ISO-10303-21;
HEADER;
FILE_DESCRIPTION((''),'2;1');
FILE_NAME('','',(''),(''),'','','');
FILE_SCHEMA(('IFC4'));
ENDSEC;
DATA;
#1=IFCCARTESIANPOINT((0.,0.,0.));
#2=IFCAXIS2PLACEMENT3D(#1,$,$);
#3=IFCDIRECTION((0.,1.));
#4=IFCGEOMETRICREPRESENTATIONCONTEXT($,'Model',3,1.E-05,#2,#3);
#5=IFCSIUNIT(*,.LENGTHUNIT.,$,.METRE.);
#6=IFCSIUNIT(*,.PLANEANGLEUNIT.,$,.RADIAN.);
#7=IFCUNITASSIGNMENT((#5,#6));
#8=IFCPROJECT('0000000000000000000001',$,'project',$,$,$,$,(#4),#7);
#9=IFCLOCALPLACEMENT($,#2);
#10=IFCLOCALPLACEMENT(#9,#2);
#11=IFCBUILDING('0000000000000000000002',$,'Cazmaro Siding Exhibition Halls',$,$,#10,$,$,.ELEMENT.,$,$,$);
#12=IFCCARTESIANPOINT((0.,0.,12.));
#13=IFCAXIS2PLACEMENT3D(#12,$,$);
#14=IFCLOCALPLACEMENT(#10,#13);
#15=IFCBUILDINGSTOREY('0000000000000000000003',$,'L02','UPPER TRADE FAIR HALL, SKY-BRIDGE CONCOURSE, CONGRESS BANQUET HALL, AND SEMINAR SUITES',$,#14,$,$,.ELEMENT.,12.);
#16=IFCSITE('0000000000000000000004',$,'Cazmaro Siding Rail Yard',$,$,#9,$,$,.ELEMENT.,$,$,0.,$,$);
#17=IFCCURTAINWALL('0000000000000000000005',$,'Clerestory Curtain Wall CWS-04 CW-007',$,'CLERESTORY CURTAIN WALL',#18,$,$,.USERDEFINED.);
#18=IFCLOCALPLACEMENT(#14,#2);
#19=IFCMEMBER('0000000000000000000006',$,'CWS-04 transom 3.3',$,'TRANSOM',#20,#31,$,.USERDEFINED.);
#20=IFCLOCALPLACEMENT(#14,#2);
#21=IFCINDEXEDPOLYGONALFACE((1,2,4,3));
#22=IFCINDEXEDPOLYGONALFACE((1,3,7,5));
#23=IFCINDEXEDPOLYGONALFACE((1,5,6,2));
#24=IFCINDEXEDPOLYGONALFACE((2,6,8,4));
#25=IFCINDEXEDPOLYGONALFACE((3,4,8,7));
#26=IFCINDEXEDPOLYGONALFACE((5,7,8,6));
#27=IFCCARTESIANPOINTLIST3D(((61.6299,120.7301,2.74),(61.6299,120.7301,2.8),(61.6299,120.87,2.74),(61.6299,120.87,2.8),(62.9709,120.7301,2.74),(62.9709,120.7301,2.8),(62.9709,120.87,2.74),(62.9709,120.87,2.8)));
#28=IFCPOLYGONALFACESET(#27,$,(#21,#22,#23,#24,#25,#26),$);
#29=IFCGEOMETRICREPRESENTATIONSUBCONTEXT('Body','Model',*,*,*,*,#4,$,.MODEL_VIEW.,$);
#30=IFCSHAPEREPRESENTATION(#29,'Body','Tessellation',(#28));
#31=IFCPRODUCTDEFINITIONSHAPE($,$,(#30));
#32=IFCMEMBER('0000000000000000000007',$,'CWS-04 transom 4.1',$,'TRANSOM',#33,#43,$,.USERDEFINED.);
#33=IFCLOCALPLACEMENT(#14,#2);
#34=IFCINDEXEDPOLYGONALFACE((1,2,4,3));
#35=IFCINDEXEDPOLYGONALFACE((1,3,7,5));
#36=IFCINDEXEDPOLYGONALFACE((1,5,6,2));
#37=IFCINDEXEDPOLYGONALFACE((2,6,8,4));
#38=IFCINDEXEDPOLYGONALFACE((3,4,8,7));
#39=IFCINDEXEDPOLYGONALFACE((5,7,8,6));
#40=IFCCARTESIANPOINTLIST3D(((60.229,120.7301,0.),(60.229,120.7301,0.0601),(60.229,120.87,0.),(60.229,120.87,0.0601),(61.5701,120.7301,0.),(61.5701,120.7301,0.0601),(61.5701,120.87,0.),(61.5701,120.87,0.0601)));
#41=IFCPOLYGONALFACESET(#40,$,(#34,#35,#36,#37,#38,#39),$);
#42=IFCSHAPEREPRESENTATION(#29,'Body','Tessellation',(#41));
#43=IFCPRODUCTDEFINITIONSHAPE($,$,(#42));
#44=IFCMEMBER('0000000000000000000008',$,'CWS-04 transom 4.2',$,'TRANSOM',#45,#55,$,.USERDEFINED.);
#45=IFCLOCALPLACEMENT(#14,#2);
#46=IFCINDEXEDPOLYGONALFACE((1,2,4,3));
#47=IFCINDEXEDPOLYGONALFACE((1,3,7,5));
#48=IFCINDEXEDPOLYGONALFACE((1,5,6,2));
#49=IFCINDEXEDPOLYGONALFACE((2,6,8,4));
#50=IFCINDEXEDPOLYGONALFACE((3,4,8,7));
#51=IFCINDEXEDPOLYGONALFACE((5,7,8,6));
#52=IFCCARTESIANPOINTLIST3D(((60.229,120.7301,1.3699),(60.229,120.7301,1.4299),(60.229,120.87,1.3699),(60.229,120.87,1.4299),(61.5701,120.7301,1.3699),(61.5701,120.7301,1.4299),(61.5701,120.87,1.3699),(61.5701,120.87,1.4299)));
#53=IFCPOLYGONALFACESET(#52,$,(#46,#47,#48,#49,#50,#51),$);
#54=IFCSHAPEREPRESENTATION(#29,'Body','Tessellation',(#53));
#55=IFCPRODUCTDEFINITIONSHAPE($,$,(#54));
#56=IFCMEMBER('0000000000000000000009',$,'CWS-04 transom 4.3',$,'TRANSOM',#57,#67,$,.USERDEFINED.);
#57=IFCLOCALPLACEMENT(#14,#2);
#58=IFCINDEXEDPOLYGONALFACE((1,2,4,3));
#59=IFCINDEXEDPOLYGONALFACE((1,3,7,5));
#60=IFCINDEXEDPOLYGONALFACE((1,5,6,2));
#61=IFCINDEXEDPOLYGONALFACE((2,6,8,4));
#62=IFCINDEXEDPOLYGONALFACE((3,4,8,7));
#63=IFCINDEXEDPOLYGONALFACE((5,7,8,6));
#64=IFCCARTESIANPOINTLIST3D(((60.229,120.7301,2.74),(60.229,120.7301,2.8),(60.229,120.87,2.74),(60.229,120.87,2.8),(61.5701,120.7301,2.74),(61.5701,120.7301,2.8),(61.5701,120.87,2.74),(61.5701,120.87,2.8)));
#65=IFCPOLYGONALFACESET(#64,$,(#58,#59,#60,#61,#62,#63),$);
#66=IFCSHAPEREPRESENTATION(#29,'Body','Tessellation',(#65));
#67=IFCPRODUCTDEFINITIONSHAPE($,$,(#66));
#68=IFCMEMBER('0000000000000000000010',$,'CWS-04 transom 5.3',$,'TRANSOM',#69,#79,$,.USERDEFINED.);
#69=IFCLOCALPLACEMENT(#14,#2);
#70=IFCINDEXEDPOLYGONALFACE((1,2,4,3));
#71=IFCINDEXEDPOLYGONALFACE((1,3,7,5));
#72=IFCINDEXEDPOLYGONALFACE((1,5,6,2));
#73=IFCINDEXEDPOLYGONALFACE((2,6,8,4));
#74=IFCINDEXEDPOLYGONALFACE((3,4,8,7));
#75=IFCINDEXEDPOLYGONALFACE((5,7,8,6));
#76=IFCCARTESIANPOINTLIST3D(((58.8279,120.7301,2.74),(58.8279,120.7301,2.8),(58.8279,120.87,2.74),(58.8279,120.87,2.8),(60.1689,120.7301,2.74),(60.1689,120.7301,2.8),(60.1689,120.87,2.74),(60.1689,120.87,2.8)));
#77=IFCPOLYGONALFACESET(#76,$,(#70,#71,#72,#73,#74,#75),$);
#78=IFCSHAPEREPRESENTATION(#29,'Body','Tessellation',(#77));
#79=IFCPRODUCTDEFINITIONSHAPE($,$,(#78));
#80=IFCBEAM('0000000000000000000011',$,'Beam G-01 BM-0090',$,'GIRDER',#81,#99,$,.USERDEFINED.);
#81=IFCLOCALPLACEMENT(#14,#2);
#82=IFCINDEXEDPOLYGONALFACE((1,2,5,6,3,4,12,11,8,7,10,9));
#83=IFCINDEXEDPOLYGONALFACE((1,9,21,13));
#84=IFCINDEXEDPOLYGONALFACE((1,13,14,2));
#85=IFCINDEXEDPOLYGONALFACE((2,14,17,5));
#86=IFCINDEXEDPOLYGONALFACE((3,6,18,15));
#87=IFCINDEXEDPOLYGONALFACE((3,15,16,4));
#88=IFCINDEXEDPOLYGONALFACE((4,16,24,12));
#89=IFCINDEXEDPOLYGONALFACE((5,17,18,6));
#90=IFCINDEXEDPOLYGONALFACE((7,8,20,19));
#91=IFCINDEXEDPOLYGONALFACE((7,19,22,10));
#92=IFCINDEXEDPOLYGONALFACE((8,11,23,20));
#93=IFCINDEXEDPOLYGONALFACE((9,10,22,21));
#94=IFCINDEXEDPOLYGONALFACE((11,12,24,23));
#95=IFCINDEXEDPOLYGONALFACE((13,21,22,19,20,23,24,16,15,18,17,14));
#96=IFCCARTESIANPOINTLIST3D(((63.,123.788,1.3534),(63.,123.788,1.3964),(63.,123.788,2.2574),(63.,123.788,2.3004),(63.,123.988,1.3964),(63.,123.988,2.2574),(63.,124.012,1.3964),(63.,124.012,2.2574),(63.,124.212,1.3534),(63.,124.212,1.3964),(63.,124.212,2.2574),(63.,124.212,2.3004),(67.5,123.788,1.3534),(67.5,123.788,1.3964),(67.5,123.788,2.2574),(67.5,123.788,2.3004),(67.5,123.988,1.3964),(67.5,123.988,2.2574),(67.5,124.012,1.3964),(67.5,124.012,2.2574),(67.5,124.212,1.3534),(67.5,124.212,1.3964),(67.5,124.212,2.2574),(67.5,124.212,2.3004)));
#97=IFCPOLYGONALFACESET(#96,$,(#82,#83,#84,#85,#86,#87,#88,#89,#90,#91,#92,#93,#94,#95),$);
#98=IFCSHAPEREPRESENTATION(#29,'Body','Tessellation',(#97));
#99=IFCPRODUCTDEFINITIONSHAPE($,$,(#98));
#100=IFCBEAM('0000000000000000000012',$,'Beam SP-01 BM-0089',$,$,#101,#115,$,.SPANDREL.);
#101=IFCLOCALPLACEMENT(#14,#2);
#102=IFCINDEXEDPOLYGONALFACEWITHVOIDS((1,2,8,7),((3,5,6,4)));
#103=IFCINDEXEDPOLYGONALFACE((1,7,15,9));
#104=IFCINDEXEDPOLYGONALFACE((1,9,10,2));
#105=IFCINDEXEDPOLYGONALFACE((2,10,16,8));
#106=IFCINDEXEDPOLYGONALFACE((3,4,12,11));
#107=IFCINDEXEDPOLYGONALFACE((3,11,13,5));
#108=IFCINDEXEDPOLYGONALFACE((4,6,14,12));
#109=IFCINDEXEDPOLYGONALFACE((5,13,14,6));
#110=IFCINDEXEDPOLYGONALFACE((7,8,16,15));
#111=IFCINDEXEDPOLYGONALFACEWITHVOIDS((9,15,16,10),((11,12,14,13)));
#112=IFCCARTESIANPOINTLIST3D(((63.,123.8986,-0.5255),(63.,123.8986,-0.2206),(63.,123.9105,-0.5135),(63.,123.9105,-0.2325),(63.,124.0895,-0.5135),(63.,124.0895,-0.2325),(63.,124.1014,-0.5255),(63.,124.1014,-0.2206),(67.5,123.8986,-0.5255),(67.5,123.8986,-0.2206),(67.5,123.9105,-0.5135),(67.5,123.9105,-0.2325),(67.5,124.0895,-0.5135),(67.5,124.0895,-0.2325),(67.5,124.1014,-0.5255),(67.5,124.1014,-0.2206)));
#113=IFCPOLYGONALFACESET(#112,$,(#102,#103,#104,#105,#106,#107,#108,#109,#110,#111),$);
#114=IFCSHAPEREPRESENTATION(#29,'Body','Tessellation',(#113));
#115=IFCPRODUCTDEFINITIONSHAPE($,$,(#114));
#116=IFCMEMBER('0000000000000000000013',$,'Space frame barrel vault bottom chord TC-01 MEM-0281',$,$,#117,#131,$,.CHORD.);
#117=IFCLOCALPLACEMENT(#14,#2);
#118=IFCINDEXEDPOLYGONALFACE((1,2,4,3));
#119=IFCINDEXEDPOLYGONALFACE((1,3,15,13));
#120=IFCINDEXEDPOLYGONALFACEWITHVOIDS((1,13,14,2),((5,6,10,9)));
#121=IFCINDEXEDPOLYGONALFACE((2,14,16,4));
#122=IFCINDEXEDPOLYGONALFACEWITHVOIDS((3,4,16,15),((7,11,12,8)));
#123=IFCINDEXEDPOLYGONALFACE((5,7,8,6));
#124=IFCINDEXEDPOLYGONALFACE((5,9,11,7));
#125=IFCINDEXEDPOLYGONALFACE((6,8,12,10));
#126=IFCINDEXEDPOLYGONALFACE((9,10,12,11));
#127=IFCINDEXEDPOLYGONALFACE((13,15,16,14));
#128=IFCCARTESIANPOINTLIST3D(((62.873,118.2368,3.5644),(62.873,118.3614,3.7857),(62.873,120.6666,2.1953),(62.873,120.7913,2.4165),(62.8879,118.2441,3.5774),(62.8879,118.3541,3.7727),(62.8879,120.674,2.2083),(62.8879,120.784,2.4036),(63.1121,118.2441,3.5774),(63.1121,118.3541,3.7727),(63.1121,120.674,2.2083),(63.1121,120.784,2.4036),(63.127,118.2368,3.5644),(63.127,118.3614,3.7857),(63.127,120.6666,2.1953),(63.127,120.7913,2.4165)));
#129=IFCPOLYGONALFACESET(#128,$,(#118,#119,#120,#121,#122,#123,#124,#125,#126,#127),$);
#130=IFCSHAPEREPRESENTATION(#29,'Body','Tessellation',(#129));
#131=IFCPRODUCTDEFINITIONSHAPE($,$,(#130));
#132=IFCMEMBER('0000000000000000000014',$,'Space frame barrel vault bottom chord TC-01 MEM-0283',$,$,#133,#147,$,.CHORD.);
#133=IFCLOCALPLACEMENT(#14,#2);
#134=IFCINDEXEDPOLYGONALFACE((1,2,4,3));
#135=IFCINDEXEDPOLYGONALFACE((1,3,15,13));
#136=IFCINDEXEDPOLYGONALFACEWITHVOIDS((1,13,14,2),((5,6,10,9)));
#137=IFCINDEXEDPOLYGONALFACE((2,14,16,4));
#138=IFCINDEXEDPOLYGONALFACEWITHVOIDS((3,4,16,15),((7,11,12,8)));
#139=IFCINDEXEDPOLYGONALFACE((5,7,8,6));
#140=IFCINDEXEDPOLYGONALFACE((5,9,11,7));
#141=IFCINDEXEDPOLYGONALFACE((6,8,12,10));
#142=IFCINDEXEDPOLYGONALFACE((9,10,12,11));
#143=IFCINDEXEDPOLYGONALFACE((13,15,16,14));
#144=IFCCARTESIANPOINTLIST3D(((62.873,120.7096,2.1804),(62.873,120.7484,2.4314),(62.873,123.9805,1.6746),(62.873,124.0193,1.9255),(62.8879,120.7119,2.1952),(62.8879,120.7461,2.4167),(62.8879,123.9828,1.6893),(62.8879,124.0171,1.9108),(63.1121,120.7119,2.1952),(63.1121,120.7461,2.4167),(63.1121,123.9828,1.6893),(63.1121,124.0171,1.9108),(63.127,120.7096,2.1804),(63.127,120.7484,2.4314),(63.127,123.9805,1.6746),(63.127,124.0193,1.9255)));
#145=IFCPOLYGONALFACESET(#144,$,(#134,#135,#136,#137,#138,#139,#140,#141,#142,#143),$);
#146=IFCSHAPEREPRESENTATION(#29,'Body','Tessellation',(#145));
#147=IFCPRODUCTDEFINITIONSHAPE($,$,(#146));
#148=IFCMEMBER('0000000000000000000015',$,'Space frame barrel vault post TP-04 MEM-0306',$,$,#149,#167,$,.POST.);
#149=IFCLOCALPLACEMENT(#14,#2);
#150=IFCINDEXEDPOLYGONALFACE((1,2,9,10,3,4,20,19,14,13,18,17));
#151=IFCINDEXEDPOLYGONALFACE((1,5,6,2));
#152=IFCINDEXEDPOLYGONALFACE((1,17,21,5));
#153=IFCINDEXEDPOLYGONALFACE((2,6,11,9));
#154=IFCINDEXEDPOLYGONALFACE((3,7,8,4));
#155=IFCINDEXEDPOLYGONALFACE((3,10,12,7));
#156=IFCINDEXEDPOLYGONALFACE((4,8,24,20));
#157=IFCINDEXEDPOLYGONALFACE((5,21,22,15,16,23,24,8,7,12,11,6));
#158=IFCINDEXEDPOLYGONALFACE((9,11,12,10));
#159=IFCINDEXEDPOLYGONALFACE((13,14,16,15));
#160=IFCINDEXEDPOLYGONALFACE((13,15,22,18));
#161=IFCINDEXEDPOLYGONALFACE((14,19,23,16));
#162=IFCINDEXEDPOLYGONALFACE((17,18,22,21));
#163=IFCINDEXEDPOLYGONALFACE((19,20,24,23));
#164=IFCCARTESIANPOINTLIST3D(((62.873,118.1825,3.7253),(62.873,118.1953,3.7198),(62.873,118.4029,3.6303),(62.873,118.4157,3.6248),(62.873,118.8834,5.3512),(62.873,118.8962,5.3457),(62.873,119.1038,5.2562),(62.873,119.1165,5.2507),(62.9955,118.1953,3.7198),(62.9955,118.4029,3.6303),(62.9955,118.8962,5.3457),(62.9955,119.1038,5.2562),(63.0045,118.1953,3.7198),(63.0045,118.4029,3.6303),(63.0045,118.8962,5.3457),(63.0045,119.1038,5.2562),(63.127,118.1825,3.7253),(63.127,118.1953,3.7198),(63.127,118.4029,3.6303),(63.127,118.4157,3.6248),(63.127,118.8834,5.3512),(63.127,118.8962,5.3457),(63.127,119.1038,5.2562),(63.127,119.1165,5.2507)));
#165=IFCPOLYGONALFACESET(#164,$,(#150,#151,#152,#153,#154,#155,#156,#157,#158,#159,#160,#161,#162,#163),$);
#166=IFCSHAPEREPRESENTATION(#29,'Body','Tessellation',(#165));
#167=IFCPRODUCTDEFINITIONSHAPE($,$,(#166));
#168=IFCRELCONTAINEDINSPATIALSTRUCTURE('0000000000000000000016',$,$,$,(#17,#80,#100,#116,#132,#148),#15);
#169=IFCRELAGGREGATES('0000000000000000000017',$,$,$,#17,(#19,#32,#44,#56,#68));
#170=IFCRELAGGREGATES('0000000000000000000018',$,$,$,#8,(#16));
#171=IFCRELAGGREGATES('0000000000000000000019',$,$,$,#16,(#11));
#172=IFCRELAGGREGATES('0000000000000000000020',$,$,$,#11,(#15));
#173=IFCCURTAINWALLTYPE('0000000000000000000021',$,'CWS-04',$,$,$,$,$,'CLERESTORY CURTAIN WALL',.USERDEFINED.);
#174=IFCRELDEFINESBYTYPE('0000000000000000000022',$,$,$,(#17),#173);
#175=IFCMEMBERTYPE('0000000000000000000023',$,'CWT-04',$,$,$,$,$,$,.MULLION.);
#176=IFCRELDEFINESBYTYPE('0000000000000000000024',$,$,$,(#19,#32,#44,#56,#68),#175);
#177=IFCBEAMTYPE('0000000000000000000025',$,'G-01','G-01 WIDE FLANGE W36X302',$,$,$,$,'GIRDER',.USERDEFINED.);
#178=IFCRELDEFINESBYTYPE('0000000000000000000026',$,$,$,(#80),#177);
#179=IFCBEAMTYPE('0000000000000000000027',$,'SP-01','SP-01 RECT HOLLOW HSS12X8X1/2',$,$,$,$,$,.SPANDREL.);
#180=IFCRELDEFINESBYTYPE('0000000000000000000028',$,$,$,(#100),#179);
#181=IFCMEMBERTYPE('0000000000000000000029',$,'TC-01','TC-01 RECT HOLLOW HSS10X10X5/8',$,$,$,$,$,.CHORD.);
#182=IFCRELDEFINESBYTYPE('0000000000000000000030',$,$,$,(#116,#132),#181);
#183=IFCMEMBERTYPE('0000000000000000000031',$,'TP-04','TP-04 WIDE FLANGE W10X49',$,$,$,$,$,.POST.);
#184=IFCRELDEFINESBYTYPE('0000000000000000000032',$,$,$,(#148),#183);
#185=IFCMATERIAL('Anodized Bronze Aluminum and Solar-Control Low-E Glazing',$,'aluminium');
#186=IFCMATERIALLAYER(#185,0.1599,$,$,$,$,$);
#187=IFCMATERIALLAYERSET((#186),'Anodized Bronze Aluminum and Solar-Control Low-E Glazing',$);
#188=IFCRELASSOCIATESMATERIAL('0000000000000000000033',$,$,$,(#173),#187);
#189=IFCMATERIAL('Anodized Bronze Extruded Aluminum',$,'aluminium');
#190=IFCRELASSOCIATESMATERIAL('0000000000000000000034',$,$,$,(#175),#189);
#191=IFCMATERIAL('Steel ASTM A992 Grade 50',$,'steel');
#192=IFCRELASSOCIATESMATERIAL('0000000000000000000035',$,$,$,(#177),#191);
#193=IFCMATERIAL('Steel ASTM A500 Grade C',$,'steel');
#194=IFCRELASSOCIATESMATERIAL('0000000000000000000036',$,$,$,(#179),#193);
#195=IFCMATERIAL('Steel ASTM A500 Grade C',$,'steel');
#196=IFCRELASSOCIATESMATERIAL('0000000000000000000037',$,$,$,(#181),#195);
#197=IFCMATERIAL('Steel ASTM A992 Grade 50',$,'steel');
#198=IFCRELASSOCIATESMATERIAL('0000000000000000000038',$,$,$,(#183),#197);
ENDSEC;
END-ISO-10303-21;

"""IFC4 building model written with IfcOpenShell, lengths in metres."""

from ifc_helpers import new_model, si_unit, direction, frame, origin, origin_2d, place, context, subcontext, project, spatial, rectangle, hollow_rectangle, i_section, extrude, material, layer, layer_set, material_profile, profile_set, type_object, element, aggregate, save


model = new_model("IFC4")

# Units and contexts
model_context = context("Model", 3, precision=1e-05, world=origin(), true_north=direction((0.0, 1.0)))
body_context = subcontext(model_context, "Body", "Model", "MODEL_VIEW")
ifc_project = project(units=[si_unit("LENGTHUNIT", "METRE"), si_unit("PLANEANGLEUNIT", "RADIAN")], contexts=[model_context])

# Site, building, storey
site_placement = place(None, origin())
site = spatial("IfcSite", under=ifc_project, at=site_placement, Name="Cazmaro Siding Rail Yard", CompositionType="ELEMENT", RefElevation=0.0)
building_placement = place(site_placement, origin())
building = spatial("IfcBuilding", under=site, at=building_placement, Name="Cazmaro Siding Exhibition Halls", CompositionType="ELEMENT")
storey_placement = place(building_placement, frame((0.0, 0.0, 12.0)))
storey = spatial("IfcBuildingStorey", under=building, at=storey_placement, Name="L02", Description="UPPER TRADE FAIR HALL, SKY-BRIDGE CONCOURSE, CONGRESS BANQUET HALL, AND SEMINAR SUITES", CompositionType="ELEMENT", Elevation=12.0)

# Curtain wall, members
ifc_material_1 = material(Name="Anodized Bronze Aluminum and Solar-Control Low-E Glazing", Category="aluminium")
ifc_layer_1 = layer(ifc_material_1, 0.1599)
ifc_layer_set_1 = layer_set([ifc_layer_1], Name="Anodized Bronze Aluminum and Solar-Control Low-E Glazing")
curtain_wall_type = type_object("IfcCurtainWallType", Name="CWS-04", ElementType="CLERESTORY CURTAIN WALL", PredefinedType="USERDEFINED", material=ifc_layer_set_1)
curtain_wall_placement = place(storey_placement, origin())
curtain_wall = element("IfcCurtainWall", 1, at=curtain_wall_placement, inside=storey, type_object=curtain_wall_type, Name="Clerestory Curtain Wall CWS-04 CW-007", ObjectType="CLERESTORY CURTAIN WALL", PredefinedType="USERDEFINED")
ifc_material_2 = material(Name="Anodized Bronze Extruded Aluminum", Category="aluminium")
ifc_material_profile_1 = material_profile(ifc_material_2, rectangle(XDim=0.1399, YDim=0.0601, at=origin_2d()), Name="CWT-04")
ifc_profile_set_1 = profile_set([ifc_material_profile_1], Name="Anodized Bronze Extruded Aluminum")
member_type_1 = type_object("IfcMemberType", Name="CWT-04", PredefinedType="MULLION", material=ifc_profile_set_1)
member_1_placement = place(storey_placement, frame((62.9709, 120.8, 2.77), z_axis=(-1.0, 0.0, 0.0), x_axis=(0.0, -1.0, 0.0)))
member_1 = element("IfcMember", 2, at=member_1_placement, type_object=member_type_1, Name="CWS-04 transom 3.3", ObjectType="TRANSOM", PredefinedType="USERDEFINED", context=body_context, shape_type="SweptSolid", body=[
    extrude(rectangle(XDim=0.1399, YDim=0.0601, at=origin_2d()), origin(), (0.0, 0.0, 1.0), 1.3411),
])
member_2_placement = place(storey_placement, frame((61.5701, 120.8, 0.03), z_axis=(-1.0, 0.0, 0.0), x_axis=(0.0, -1.0, 0.0)))
member_2 = element("IfcMember", 3, at=member_2_placement, type_object=member_type_1, Name="CWS-04 transom 4.1", ObjectType="TRANSOM", PredefinedType="USERDEFINED", context=body_context, shape_type="SweptSolid", body=[
    extrude(rectangle(XDim=0.1399, YDim=0.0601, at=origin_2d()), origin(), (0.0, 0.0, 1.0), 1.3411),
])
member_3_placement = place(storey_placement, frame((61.5701, 120.8, 1.3999), z_axis=(-1.0, 0.0, 0.0), x_axis=(0.0, -1.0, 0.0)))
member_3 = element("IfcMember", 4, at=member_3_placement, type_object=member_type_1, Name="CWS-04 transom 4.2", ObjectType="TRANSOM", PredefinedType="USERDEFINED", context=body_context, shape_type="SweptSolid", body=[
    extrude(rectangle(XDim=0.1399, YDim=0.0601, at=origin_2d()), origin(), (0.0, 0.0, 1.0), 1.3411),
])
member_4_placement = place(storey_placement, frame((61.5701, 120.8, 2.77), z_axis=(-1.0, 0.0, 0.0), x_axis=(0.0, -1.0, 0.0)))
member_4 = element("IfcMember", 5, at=member_4_placement, type_object=member_type_1, Name="CWS-04 transom 4.3", ObjectType="TRANSOM", PredefinedType="USERDEFINED", context=body_context, shape_type="SweptSolid", body=[
    extrude(rectangle(XDim=0.1399, YDim=0.0601, at=origin_2d()), origin(), (0.0, 0.0, 1.0), 1.3411),
])
member_5_placement = place(storey_placement, frame((60.1689, 120.8, 2.77), z_axis=(-1.0, 0.0, 0.0), x_axis=(0.0, -1.0, 0.0)))
member_5 = element("IfcMember", 6, at=member_5_placement, type_object=member_type_1, Name="CWS-04 transom 5.3", ObjectType="TRANSOM", PredefinedType="USERDEFINED", context=body_context, shape_type="SweptSolid", body=[
    extrude(rectangle(XDim=0.1399, YDim=0.0601, at=origin_2d()), origin(), (0.0, 0.0, 1.0), 1.3411),
])

# Beams
ifc_material_3 = material(Name="Steel ASTM A992 Grade 50", Category="steel")
ifc_material_profile_2 = material_profile(ifc_material_3, i_section(OverallWidth=0.4241, OverallDepth=0.947, WebThickness=0.0239, FlangeThickness=0.043, at=origin_2d()), Name="W36X302")
ifc_profile_set_2 = profile_set([ifc_material_profile_2], Name="Steel ASTM A992 Grade 50")
beam_type_1 = type_object("IfcBeamType", Name="G-01", Description="G-01 WIDE FLANGE W36X302", ElementType="GIRDER", PredefinedType="USERDEFINED", material=ifc_profile_set_2)
beam_1_placement = place(storey_placement, frame((63.0, 124.0, 1.8269), z_axis=(1.0, 0.0, 0.0), x_axis=(0.0, 1.0, 0.0)))
element("IfcBeam", 7, at=beam_1_placement, inside=storey, type_object=beam_type_1, Name="Beam G-01 BM-0090", ObjectType="GIRDER", PredefinedType="USERDEFINED", context=body_context, shape_type="SweptSolid", body=[
    extrude(i_section(OverallWidth=0.4241, OverallDepth=0.947, WebThickness=0.0239, FlangeThickness=0.043, at=origin_2d()), origin(), (0.0, 0.0, 1.0), 4.5),
])
ifc_material_4 = material(Name="Steel ASTM A500 Grade C", Category="steel")
ifc_material_profile_3 = material_profile(ifc_material_4, hollow_rectangle(XDim=0.2029, YDim=0.3049, WallThickness=0.012, at=origin_2d()), Name="HSS12X8X1/2")
ifc_profile_set_3 = profile_set([ifc_material_profile_3], Name="Steel ASTM A500 Grade C")
beam_type_2 = type_object("IfcBeamType", Name="SP-01", Description="SP-01 RECT HOLLOW HSS12X8X1/2", PredefinedType="SPANDREL", material=ifc_profile_set_3)
beam_2_placement = place(storey_placement, frame((63.0, 124.0, -0.373), z_axis=(1.0, 0.0, 0.0), x_axis=(0.0, 1.0, 0.0)))
element("IfcBeam", 8, at=beam_2_placement, inside=storey, type_object=beam_type_2, Name="Beam SP-01 BM-0089", PredefinedType="SPANDREL", context=body_context, shape_type="SweptSolid", body=[
    extrude(hollow_rectangle(XDim=0.2029, YDim=0.3049, WallThickness=0.012, at=origin_2d()), origin(), (0.0, 0.0, 1.0), 4.5),
])

# Members
ifc_material_5 = material(Name="Steel ASTM A500 Grade C", Category="steel")
ifc_material_profile_4 = material_profile(ifc_material_5, hollow_rectangle(XDim=0.2539, YDim=0.2539, WallThickness=0.0149, at=origin_2d()), Name="HSS10X10X5/8")
ifc_profile_set_4 = profile_set([ifc_material_profile_4], Name="Steel ASTM A500 Grade C")
member_type_2 = type_object("IfcMemberType", Name="TC-01", Description="TC-01 RECT HOLLOW HSS10X10X5/8", PredefinedType="CHORD", material=ifc_profile_set_4)
member_6_placement = place(storey_placement, frame((63.0, 118.2991, 3.675), z_axis=(0.0, 0.871222, -0.490889), x_axis=(-1.0, 0.0, 0.0)))
element("IfcMember", 9, at=member_6_placement, inside=storey, type_object=member_type_2, Name="Space frame barrel vault bottom chord TC-01 MEM-0281", PredefinedType="CHORD", context=body_context, shape_type="SweptSolid", body=[
    extrude(hollow_rectangle(XDim=0.2539, YDim=0.2539, WallThickness=0.0149, at=origin_2d()), origin(), (0.0, 0.0, 1.0), 2.7891),
])
member_7_placement = place(storey_placement, frame((63.0, 120.729, 2.3059), z_axis=(0.0, 0.988252, -0.152833), x_axis=(-1.0, 0.0, 0.0)))
element("IfcMember", 10, at=member_7_placement, inside=storey, type_object=member_type_2, Name="Space frame barrel vault bottom chord TC-01 MEM-0283", PredefinedType="CHORD", context=body_context, shape_type="SweptSolid", body=[
    extrude(hollow_rectangle(XDim=0.2539, YDim=0.2539, WallThickness=0.0149, at=origin_2d()), origin(), (0.0, 0.0, 1.0), 3.3098),
])
ifc_material_6 = material(Name="Steel ASTM A992 Grade 50", Category="steel")
ifc_material_profile_5 = material_profile(ifc_material_6, i_section(OverallWidth=0.2539, OverallDepth=0.2539, WebThickness=0.009, FlangeThickness=0.0139, at=origin_2d()), Name="W10X49")
ifc_profile_set_5 = profile_set([ifc_material_profile_5], Name="Steel ASTM A992 Grade 50")
member_type_3 = type_object("IfcMemberType", Name="TP-04", Description="TP-04 WIDE FLANGE W10X49", PredefinedType="POST", material=ifc_profile_set_5)
member_8_placement = place(storey_placement, frame((63.0, 118.2991, 3.675), z_axis=(0.0, 0.395865, 0.918309), x_axis=(-1.0, 0.0, 0.0)))
element("IfcMember", 11, at=member_8_placement, inside=storey, type_object=member_type_3, Name="Space frame barrel vault post TP-04 MEM-0306", PredefinedType="POST", context=body_context, shape_type="SweptSolid", body=[
    extrude(i_section(OverallWidth=0.2539, OverallDepth=0.2539, WebThickness=0.009, FlangeThickness=0.0139, at=origin_2d()), origin(), (0.0, 0.0, 1.0), 1.7705),
])

aggregate(curtain_wall, [member_1, member_2, member_3, member_4, member_5])

save(model, "model.ifc")
